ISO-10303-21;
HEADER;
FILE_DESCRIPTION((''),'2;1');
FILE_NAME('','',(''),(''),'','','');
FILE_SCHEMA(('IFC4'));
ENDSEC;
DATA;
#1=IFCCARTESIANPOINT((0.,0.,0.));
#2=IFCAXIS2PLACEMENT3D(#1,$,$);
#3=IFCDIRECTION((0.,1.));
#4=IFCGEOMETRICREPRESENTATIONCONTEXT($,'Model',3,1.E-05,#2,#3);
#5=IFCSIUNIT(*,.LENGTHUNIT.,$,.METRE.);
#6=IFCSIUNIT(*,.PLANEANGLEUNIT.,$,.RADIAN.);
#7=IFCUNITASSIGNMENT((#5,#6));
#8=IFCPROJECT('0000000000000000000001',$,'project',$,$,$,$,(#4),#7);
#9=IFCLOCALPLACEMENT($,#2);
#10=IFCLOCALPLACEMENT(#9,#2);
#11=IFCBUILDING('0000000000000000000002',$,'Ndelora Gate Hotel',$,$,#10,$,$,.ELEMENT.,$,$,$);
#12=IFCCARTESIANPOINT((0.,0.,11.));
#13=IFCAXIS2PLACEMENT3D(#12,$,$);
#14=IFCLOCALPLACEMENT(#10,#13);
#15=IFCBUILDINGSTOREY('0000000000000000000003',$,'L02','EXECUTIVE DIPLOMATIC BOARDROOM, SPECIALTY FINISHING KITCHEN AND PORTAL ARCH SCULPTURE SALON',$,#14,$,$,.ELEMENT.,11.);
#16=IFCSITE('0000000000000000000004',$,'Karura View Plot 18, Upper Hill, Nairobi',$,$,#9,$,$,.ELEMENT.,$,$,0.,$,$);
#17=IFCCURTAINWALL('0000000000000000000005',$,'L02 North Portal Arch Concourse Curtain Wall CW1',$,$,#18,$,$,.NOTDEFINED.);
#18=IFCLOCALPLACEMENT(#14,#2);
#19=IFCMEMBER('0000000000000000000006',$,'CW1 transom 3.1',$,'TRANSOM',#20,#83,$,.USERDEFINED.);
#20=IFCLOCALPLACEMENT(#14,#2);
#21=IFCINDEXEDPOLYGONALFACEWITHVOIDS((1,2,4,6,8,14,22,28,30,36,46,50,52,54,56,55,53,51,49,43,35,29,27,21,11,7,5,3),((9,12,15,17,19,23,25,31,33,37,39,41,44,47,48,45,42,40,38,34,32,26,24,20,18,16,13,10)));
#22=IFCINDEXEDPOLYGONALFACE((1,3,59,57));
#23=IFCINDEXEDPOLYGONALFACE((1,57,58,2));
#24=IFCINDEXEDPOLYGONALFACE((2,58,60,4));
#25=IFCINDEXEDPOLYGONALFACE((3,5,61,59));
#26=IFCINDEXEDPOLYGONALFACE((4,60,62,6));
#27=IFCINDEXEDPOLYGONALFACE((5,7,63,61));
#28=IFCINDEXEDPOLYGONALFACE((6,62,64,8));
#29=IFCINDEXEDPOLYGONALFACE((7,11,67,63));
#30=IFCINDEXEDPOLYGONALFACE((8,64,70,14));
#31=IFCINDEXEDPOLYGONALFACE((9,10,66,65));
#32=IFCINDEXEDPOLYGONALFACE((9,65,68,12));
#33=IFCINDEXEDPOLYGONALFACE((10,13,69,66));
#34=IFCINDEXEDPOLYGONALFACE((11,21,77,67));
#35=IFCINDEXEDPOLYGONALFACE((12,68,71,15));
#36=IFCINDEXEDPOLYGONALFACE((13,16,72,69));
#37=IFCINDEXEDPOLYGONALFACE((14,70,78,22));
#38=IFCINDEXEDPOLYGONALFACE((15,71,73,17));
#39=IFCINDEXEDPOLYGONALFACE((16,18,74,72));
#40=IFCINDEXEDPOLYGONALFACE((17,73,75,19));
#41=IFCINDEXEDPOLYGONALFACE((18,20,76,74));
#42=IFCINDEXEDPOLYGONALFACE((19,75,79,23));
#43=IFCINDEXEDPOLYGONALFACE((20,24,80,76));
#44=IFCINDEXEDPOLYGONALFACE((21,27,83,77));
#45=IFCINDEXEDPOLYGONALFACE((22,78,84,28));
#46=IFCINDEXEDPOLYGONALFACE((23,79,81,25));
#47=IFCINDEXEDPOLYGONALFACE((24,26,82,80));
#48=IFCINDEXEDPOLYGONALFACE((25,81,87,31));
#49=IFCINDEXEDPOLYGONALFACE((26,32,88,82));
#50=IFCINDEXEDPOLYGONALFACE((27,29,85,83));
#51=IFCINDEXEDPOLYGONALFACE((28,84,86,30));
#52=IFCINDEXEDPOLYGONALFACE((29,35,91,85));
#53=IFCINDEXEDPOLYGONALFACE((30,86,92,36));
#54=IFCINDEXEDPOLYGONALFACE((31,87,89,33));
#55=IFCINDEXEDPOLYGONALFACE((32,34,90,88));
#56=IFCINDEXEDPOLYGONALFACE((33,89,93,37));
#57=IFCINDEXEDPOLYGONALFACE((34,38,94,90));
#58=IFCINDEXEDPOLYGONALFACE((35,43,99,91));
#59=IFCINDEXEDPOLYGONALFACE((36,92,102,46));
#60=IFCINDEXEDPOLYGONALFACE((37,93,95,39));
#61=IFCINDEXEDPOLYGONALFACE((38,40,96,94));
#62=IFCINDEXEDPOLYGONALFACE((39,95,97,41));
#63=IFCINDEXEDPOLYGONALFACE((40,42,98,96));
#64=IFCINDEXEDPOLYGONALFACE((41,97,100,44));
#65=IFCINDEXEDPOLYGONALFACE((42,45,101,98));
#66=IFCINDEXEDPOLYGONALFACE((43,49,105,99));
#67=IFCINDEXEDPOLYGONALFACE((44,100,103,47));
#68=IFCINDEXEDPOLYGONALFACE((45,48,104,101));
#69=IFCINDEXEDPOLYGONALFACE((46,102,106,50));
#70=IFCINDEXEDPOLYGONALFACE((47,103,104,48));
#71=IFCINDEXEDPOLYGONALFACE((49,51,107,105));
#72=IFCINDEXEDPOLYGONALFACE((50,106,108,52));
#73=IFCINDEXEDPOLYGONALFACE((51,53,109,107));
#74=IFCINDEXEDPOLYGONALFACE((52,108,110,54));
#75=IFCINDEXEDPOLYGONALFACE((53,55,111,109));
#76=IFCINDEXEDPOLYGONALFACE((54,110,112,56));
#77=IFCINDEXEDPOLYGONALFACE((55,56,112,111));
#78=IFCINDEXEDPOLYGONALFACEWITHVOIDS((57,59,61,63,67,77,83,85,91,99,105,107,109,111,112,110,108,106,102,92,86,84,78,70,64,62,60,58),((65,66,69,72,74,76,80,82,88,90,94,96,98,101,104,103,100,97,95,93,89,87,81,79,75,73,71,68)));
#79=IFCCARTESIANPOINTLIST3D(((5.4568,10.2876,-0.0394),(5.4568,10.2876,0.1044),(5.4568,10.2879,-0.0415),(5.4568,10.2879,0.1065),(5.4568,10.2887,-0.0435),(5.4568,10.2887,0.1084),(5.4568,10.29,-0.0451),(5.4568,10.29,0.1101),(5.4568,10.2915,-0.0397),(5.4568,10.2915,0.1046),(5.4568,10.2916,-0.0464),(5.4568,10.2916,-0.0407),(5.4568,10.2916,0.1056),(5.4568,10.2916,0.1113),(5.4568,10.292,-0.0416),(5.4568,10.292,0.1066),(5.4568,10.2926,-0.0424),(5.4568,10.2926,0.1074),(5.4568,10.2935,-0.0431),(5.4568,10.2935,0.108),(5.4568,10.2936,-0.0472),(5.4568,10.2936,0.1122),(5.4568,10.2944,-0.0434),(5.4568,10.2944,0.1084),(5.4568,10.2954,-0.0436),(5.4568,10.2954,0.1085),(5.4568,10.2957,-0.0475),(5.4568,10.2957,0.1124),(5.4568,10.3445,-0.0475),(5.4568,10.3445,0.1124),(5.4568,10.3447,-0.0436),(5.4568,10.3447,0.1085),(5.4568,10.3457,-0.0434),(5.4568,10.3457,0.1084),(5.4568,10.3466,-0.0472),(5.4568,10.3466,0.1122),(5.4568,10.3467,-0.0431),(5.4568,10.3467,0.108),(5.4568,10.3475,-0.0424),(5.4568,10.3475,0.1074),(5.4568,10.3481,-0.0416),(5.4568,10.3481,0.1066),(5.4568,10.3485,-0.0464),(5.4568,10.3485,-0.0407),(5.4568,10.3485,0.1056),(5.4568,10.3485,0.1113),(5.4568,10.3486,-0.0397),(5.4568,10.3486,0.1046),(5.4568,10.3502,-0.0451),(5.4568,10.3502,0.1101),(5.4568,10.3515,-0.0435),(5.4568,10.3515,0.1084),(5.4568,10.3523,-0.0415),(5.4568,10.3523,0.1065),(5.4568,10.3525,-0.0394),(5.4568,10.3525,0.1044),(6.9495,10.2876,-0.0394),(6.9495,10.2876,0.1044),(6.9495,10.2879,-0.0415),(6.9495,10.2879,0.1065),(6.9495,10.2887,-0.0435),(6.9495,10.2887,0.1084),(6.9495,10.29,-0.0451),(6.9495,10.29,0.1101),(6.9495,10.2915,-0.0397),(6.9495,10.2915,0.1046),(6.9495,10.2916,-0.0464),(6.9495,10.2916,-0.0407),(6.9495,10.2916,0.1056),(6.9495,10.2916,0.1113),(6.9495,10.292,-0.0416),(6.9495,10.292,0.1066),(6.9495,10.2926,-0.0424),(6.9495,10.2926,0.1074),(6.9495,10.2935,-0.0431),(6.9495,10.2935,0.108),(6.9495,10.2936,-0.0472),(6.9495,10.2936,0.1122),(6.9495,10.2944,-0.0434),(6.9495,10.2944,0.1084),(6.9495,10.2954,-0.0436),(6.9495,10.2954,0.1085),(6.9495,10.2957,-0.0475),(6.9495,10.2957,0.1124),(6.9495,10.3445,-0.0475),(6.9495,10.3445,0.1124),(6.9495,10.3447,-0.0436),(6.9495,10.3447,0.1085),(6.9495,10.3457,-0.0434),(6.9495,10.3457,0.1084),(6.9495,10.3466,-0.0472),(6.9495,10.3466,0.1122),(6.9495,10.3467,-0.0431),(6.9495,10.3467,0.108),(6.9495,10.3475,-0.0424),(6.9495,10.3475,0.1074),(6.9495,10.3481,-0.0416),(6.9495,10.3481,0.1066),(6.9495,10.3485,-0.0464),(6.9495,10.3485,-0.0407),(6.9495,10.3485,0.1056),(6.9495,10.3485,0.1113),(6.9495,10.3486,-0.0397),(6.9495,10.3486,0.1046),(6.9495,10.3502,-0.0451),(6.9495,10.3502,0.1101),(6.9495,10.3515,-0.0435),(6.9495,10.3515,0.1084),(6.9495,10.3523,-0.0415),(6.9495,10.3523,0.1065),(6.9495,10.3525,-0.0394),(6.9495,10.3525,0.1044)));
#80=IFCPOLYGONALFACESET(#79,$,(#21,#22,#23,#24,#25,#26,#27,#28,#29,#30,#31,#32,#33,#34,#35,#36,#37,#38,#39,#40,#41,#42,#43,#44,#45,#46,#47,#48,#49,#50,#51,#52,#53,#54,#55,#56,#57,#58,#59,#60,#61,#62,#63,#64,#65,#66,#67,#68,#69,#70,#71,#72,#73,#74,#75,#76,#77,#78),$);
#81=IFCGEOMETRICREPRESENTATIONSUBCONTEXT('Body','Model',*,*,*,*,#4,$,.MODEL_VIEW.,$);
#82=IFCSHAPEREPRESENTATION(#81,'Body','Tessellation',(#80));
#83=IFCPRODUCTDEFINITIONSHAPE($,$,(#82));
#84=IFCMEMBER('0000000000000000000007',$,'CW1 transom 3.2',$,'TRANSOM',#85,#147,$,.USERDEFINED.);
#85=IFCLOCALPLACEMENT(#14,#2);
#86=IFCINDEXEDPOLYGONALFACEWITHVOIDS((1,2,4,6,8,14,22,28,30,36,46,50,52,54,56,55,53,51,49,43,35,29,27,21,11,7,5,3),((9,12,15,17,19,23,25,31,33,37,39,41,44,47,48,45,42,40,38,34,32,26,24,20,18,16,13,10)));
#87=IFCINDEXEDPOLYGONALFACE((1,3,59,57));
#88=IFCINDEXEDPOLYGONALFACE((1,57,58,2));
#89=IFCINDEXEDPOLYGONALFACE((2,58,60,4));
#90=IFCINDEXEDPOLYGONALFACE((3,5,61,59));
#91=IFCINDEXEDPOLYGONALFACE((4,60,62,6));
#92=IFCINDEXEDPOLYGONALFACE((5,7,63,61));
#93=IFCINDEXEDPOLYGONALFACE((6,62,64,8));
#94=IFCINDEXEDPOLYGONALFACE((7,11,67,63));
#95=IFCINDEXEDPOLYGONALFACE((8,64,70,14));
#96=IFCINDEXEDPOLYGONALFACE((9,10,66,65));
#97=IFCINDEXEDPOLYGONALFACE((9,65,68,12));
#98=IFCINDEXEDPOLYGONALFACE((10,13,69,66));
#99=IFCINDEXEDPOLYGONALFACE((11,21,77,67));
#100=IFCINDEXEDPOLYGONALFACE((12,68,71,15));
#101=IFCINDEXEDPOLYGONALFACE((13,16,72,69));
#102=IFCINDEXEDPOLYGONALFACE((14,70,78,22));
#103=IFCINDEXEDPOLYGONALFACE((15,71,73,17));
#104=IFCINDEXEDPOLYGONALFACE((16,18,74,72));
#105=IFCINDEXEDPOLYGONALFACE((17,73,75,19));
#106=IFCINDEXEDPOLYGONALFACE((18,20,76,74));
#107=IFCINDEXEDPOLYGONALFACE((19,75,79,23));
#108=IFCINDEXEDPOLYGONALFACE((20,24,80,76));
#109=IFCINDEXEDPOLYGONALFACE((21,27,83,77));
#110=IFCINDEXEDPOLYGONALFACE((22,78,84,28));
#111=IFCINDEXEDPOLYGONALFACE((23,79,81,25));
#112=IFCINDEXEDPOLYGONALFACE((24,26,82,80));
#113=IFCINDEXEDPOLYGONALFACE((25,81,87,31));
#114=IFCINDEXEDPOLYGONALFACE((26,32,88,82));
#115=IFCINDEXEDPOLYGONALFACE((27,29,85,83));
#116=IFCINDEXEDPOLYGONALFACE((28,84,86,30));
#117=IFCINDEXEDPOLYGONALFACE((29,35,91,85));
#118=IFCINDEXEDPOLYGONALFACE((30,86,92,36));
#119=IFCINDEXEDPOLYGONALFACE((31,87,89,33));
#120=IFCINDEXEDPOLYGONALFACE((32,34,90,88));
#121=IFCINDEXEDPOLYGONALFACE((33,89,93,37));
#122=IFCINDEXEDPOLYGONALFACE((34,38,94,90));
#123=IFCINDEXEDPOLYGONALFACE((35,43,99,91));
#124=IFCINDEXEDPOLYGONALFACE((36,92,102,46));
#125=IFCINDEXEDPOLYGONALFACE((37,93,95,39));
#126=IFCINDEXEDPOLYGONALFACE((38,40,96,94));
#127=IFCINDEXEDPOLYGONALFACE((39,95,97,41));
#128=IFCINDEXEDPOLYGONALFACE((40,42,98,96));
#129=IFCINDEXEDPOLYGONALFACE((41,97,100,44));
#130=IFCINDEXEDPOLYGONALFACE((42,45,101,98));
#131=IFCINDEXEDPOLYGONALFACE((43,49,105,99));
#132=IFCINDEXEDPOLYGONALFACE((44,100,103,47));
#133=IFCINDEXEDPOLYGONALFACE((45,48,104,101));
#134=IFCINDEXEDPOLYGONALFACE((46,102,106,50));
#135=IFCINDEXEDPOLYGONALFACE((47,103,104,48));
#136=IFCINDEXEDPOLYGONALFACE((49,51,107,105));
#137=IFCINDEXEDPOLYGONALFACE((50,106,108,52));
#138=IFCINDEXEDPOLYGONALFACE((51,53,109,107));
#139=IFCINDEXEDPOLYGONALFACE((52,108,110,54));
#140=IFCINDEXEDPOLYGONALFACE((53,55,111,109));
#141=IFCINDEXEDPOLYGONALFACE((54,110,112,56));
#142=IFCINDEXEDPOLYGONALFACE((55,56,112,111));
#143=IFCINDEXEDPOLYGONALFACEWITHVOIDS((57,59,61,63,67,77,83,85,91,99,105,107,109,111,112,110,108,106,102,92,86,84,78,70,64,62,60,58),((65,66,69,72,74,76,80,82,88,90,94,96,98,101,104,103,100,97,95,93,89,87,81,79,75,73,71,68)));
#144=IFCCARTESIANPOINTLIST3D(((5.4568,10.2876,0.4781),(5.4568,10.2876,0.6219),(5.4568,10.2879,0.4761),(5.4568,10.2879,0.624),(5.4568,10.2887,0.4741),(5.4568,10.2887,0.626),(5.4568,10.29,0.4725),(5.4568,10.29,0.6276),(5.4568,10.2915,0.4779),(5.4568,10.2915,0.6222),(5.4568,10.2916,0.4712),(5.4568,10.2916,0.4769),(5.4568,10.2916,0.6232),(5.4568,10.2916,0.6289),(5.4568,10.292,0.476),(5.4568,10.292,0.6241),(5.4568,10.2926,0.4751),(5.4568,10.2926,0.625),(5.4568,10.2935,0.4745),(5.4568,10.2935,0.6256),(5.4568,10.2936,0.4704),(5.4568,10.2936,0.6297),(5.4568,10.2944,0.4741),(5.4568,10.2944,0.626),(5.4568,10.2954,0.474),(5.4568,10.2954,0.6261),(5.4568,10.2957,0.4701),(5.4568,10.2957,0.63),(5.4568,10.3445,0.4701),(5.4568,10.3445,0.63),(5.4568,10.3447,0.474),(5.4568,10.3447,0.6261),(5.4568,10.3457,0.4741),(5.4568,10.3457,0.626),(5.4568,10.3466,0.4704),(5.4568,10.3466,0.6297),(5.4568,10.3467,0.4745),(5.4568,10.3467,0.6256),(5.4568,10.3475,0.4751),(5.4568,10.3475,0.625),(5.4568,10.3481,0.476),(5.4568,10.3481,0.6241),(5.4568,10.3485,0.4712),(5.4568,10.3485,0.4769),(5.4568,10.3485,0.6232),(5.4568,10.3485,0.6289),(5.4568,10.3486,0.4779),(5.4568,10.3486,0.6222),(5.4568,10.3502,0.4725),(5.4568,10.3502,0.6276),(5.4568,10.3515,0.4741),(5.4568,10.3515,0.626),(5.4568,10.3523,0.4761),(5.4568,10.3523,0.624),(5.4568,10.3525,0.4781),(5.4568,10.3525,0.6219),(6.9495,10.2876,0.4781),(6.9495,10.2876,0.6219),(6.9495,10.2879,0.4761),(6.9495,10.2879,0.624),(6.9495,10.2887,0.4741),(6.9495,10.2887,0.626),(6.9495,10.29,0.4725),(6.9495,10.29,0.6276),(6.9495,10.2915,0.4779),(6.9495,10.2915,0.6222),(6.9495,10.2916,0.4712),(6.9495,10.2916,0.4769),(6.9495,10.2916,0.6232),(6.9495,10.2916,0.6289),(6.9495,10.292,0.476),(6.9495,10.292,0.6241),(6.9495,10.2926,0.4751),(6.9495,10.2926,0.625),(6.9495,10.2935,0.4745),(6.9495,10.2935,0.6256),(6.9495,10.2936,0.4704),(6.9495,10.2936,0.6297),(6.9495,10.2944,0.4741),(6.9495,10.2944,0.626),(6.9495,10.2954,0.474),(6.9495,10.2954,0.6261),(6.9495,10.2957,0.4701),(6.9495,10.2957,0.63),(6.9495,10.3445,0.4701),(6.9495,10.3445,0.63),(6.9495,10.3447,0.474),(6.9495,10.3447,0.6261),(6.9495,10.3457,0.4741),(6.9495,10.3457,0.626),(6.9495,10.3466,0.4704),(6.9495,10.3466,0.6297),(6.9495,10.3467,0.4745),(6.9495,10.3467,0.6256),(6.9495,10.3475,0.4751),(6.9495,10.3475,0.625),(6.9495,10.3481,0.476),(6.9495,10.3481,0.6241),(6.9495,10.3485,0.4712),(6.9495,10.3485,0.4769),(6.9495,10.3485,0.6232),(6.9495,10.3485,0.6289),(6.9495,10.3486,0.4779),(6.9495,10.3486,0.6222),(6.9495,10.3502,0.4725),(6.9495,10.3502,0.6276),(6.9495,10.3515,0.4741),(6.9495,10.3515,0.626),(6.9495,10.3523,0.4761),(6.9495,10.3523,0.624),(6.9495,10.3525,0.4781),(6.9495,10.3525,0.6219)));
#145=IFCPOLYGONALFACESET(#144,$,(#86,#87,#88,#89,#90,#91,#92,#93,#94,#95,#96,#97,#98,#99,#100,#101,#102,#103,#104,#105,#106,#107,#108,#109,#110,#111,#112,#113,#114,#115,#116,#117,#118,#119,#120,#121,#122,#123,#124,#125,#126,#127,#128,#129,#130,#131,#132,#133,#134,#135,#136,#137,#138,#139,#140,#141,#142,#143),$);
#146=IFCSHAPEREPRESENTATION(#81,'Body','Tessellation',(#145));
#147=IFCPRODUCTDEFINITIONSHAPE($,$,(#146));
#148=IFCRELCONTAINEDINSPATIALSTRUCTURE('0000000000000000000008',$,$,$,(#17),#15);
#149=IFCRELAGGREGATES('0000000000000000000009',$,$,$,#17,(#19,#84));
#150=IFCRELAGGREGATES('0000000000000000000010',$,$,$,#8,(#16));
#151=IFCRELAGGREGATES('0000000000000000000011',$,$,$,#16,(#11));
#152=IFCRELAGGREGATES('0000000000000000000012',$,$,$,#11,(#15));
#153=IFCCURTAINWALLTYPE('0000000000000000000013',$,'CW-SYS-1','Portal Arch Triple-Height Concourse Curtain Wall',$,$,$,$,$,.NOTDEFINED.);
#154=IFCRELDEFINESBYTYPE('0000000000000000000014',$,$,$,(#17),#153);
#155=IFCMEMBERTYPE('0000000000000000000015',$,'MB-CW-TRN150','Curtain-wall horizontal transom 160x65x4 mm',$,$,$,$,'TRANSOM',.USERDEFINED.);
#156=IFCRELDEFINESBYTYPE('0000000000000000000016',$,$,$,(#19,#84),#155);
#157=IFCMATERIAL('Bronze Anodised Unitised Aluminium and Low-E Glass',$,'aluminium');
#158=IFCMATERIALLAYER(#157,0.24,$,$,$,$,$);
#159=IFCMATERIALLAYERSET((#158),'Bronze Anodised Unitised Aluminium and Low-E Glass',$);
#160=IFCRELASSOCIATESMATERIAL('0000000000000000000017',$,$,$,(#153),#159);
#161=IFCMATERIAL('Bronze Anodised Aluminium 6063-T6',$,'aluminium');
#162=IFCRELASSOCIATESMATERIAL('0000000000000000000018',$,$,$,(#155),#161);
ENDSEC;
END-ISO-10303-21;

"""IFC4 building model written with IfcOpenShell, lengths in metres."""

from ifc_helpers import new_model, si_unit, direction, frame, origin, origin_2d, place, context, subcontext, project, spatial, hollow_rectangle, extrude, material, layer, layer_set, material_profile, profile_set, type_object, element, aggregate, save


model = new_model("IFC4")

# Units and contexts
model_context = context("Model", 3, precision=1e-05, world=origin(), true_north=direction((0.0, 1.0)))
body_context = subcontext(model_context, "Body", "Model", "MODEL_VIEW")
ifc_project = project(units=[si_unit("LENGTHUNIT", "METRE"), si_unit("PLANEANGLEUNIT", "RADIAN")], contexts=[model_context])

# Site, building, storey
site_placement = place(None, origin())
site = spatial("IfcSite", under=ifc_project, at=site_placement, Name="Karura View Plot 18, Upper Hill, Nairobi", CompositionType="ELEMENT", RefElevation=0.0)
building_placement = place(site_placement, origin())
building = spatial("IfcBuilding", under=site, at=building_placement, Name="Ndelora Gate Hotel", CompositionType="ELEMENT")
storey_placement = place(building_placement, frame((0.0, 0.0, 11.0)))
storey = spatial("IfcBuildingStorey", under=building, at=storey_placement, Name="L02", Description="EXECUTIVE DIPLOMATIC BOARDROOM, SPECIALTY FINISHING KITCHEN AND PORTAL ARCH SCULPTURE SALON", CompositionType="ELEMENT", Elevation=11.0)

# Curtain wall, members
ifc_material_1 = material(Name="Bronze Anodised Unitised Aluminium and Low-E Glass", Category="aluminium")
ifc_layer_1 = layer(ifc_material_1, 0.24)
ifc_layer_set_1 = layer_set([ifc_layer_1], Name="Bronze Anodised Unitised Aluminium and Low-E Glass")
curtain_wall_type = type_object("IfcCurtainWallType", Name="CW-SYS-1", Description="Portal Arch Triple-Height Concourse Curtain Wall", PredefinedType="NOTDEFINED", material=ifc_layer_set_1)
curtain_wall_placement = place(storey_placement, origin())
curtain_wall = element("IfcCurtainWall", 1, at=curtain_wall_placement, inside=storey, type_object=curtain_wall_type, Name="L02 North Portal Arch Concourse Curtain Wall CW1", PredefinedType="NOTDEFINED")
ifc_material_2 = material(Name="Bronze Anodised Aluminium 6063-T6", Category="aluminium")
ifc_material_profile_1 = material_profile(ifc_material_2, hollow_rectangle(XDim=0.0649, YDim=0.1599, WallThickness=0.0039, InnerFilletRadius=0.0039, OuterFilletRadius=0.0081, at=origin_2d()), Name="ALU 160x65x4")
ifc_profile_set_1 = profile_set([ifc_material_profile_1], Name="Bronze Anodised Aluminium 6063-T6")
member_type_1 = type_object("IfcMemberType", Name="MB-CW-TRN150", Description="Curtain-wall horizontal transom 160x65x4 mm", ElementType="TRANSOM", PredefinedType="USERDEFINED", material=ifc_profile_set_1)
member_1_placement = place(storey_placement, frame((6.9495, 10.3201, 0.0325), z_axis=(-1.0, 0.0, 0.0), x_axis=(0.0, -1.0, 0.0)))
member_1 = element("IfcMember", 2, at=member_1_placement, type_object=member_type_1, Name="CW1 transom 3.1", ObjectType="TRANSOM", PredefinedType="USERDEFINED", context=body_context, shape_type="SweptSolid", body=[
    extrude(hollow_rectangle(XDim=0.0649, YDim=0.1599, WallThickness=0.0039, InnerFilletRadius=0.0039, OuterFilletRadius=0.0081, at=origin_2d()), origin(), (0.0, 0.0, 1.0), 1.4927),
])
member_2_placement = place(storey_placement, frame((6.9495, 10.3201, 0.55), z_axis=(-1.0, 0.0, 0.0), x_axis=(0.0, -1.0, 0.0)))
member_2 = element("IfcMember", 3, at=member_2_placement, type_object=member_type_1, Name="CW1 transom 3.2", ObjectType="TRANSOM", PredefinedType="USERDEFINED", context=body_context, shape_type="SweptSolid", body=[
    extrude(hollow_rectangle(XDim=0.0649, YDim=0.1599, WallThickness=0.0039, InnerFilletRadius=0.0039, OuterFilletRadius=0.0081, at=origin_2d()), origin(), (0.0, 0.0, 1.0), 1.4927),
])
aggregate(curtain_wall, [member_1, member_2])

save(model, "model.ifc")
